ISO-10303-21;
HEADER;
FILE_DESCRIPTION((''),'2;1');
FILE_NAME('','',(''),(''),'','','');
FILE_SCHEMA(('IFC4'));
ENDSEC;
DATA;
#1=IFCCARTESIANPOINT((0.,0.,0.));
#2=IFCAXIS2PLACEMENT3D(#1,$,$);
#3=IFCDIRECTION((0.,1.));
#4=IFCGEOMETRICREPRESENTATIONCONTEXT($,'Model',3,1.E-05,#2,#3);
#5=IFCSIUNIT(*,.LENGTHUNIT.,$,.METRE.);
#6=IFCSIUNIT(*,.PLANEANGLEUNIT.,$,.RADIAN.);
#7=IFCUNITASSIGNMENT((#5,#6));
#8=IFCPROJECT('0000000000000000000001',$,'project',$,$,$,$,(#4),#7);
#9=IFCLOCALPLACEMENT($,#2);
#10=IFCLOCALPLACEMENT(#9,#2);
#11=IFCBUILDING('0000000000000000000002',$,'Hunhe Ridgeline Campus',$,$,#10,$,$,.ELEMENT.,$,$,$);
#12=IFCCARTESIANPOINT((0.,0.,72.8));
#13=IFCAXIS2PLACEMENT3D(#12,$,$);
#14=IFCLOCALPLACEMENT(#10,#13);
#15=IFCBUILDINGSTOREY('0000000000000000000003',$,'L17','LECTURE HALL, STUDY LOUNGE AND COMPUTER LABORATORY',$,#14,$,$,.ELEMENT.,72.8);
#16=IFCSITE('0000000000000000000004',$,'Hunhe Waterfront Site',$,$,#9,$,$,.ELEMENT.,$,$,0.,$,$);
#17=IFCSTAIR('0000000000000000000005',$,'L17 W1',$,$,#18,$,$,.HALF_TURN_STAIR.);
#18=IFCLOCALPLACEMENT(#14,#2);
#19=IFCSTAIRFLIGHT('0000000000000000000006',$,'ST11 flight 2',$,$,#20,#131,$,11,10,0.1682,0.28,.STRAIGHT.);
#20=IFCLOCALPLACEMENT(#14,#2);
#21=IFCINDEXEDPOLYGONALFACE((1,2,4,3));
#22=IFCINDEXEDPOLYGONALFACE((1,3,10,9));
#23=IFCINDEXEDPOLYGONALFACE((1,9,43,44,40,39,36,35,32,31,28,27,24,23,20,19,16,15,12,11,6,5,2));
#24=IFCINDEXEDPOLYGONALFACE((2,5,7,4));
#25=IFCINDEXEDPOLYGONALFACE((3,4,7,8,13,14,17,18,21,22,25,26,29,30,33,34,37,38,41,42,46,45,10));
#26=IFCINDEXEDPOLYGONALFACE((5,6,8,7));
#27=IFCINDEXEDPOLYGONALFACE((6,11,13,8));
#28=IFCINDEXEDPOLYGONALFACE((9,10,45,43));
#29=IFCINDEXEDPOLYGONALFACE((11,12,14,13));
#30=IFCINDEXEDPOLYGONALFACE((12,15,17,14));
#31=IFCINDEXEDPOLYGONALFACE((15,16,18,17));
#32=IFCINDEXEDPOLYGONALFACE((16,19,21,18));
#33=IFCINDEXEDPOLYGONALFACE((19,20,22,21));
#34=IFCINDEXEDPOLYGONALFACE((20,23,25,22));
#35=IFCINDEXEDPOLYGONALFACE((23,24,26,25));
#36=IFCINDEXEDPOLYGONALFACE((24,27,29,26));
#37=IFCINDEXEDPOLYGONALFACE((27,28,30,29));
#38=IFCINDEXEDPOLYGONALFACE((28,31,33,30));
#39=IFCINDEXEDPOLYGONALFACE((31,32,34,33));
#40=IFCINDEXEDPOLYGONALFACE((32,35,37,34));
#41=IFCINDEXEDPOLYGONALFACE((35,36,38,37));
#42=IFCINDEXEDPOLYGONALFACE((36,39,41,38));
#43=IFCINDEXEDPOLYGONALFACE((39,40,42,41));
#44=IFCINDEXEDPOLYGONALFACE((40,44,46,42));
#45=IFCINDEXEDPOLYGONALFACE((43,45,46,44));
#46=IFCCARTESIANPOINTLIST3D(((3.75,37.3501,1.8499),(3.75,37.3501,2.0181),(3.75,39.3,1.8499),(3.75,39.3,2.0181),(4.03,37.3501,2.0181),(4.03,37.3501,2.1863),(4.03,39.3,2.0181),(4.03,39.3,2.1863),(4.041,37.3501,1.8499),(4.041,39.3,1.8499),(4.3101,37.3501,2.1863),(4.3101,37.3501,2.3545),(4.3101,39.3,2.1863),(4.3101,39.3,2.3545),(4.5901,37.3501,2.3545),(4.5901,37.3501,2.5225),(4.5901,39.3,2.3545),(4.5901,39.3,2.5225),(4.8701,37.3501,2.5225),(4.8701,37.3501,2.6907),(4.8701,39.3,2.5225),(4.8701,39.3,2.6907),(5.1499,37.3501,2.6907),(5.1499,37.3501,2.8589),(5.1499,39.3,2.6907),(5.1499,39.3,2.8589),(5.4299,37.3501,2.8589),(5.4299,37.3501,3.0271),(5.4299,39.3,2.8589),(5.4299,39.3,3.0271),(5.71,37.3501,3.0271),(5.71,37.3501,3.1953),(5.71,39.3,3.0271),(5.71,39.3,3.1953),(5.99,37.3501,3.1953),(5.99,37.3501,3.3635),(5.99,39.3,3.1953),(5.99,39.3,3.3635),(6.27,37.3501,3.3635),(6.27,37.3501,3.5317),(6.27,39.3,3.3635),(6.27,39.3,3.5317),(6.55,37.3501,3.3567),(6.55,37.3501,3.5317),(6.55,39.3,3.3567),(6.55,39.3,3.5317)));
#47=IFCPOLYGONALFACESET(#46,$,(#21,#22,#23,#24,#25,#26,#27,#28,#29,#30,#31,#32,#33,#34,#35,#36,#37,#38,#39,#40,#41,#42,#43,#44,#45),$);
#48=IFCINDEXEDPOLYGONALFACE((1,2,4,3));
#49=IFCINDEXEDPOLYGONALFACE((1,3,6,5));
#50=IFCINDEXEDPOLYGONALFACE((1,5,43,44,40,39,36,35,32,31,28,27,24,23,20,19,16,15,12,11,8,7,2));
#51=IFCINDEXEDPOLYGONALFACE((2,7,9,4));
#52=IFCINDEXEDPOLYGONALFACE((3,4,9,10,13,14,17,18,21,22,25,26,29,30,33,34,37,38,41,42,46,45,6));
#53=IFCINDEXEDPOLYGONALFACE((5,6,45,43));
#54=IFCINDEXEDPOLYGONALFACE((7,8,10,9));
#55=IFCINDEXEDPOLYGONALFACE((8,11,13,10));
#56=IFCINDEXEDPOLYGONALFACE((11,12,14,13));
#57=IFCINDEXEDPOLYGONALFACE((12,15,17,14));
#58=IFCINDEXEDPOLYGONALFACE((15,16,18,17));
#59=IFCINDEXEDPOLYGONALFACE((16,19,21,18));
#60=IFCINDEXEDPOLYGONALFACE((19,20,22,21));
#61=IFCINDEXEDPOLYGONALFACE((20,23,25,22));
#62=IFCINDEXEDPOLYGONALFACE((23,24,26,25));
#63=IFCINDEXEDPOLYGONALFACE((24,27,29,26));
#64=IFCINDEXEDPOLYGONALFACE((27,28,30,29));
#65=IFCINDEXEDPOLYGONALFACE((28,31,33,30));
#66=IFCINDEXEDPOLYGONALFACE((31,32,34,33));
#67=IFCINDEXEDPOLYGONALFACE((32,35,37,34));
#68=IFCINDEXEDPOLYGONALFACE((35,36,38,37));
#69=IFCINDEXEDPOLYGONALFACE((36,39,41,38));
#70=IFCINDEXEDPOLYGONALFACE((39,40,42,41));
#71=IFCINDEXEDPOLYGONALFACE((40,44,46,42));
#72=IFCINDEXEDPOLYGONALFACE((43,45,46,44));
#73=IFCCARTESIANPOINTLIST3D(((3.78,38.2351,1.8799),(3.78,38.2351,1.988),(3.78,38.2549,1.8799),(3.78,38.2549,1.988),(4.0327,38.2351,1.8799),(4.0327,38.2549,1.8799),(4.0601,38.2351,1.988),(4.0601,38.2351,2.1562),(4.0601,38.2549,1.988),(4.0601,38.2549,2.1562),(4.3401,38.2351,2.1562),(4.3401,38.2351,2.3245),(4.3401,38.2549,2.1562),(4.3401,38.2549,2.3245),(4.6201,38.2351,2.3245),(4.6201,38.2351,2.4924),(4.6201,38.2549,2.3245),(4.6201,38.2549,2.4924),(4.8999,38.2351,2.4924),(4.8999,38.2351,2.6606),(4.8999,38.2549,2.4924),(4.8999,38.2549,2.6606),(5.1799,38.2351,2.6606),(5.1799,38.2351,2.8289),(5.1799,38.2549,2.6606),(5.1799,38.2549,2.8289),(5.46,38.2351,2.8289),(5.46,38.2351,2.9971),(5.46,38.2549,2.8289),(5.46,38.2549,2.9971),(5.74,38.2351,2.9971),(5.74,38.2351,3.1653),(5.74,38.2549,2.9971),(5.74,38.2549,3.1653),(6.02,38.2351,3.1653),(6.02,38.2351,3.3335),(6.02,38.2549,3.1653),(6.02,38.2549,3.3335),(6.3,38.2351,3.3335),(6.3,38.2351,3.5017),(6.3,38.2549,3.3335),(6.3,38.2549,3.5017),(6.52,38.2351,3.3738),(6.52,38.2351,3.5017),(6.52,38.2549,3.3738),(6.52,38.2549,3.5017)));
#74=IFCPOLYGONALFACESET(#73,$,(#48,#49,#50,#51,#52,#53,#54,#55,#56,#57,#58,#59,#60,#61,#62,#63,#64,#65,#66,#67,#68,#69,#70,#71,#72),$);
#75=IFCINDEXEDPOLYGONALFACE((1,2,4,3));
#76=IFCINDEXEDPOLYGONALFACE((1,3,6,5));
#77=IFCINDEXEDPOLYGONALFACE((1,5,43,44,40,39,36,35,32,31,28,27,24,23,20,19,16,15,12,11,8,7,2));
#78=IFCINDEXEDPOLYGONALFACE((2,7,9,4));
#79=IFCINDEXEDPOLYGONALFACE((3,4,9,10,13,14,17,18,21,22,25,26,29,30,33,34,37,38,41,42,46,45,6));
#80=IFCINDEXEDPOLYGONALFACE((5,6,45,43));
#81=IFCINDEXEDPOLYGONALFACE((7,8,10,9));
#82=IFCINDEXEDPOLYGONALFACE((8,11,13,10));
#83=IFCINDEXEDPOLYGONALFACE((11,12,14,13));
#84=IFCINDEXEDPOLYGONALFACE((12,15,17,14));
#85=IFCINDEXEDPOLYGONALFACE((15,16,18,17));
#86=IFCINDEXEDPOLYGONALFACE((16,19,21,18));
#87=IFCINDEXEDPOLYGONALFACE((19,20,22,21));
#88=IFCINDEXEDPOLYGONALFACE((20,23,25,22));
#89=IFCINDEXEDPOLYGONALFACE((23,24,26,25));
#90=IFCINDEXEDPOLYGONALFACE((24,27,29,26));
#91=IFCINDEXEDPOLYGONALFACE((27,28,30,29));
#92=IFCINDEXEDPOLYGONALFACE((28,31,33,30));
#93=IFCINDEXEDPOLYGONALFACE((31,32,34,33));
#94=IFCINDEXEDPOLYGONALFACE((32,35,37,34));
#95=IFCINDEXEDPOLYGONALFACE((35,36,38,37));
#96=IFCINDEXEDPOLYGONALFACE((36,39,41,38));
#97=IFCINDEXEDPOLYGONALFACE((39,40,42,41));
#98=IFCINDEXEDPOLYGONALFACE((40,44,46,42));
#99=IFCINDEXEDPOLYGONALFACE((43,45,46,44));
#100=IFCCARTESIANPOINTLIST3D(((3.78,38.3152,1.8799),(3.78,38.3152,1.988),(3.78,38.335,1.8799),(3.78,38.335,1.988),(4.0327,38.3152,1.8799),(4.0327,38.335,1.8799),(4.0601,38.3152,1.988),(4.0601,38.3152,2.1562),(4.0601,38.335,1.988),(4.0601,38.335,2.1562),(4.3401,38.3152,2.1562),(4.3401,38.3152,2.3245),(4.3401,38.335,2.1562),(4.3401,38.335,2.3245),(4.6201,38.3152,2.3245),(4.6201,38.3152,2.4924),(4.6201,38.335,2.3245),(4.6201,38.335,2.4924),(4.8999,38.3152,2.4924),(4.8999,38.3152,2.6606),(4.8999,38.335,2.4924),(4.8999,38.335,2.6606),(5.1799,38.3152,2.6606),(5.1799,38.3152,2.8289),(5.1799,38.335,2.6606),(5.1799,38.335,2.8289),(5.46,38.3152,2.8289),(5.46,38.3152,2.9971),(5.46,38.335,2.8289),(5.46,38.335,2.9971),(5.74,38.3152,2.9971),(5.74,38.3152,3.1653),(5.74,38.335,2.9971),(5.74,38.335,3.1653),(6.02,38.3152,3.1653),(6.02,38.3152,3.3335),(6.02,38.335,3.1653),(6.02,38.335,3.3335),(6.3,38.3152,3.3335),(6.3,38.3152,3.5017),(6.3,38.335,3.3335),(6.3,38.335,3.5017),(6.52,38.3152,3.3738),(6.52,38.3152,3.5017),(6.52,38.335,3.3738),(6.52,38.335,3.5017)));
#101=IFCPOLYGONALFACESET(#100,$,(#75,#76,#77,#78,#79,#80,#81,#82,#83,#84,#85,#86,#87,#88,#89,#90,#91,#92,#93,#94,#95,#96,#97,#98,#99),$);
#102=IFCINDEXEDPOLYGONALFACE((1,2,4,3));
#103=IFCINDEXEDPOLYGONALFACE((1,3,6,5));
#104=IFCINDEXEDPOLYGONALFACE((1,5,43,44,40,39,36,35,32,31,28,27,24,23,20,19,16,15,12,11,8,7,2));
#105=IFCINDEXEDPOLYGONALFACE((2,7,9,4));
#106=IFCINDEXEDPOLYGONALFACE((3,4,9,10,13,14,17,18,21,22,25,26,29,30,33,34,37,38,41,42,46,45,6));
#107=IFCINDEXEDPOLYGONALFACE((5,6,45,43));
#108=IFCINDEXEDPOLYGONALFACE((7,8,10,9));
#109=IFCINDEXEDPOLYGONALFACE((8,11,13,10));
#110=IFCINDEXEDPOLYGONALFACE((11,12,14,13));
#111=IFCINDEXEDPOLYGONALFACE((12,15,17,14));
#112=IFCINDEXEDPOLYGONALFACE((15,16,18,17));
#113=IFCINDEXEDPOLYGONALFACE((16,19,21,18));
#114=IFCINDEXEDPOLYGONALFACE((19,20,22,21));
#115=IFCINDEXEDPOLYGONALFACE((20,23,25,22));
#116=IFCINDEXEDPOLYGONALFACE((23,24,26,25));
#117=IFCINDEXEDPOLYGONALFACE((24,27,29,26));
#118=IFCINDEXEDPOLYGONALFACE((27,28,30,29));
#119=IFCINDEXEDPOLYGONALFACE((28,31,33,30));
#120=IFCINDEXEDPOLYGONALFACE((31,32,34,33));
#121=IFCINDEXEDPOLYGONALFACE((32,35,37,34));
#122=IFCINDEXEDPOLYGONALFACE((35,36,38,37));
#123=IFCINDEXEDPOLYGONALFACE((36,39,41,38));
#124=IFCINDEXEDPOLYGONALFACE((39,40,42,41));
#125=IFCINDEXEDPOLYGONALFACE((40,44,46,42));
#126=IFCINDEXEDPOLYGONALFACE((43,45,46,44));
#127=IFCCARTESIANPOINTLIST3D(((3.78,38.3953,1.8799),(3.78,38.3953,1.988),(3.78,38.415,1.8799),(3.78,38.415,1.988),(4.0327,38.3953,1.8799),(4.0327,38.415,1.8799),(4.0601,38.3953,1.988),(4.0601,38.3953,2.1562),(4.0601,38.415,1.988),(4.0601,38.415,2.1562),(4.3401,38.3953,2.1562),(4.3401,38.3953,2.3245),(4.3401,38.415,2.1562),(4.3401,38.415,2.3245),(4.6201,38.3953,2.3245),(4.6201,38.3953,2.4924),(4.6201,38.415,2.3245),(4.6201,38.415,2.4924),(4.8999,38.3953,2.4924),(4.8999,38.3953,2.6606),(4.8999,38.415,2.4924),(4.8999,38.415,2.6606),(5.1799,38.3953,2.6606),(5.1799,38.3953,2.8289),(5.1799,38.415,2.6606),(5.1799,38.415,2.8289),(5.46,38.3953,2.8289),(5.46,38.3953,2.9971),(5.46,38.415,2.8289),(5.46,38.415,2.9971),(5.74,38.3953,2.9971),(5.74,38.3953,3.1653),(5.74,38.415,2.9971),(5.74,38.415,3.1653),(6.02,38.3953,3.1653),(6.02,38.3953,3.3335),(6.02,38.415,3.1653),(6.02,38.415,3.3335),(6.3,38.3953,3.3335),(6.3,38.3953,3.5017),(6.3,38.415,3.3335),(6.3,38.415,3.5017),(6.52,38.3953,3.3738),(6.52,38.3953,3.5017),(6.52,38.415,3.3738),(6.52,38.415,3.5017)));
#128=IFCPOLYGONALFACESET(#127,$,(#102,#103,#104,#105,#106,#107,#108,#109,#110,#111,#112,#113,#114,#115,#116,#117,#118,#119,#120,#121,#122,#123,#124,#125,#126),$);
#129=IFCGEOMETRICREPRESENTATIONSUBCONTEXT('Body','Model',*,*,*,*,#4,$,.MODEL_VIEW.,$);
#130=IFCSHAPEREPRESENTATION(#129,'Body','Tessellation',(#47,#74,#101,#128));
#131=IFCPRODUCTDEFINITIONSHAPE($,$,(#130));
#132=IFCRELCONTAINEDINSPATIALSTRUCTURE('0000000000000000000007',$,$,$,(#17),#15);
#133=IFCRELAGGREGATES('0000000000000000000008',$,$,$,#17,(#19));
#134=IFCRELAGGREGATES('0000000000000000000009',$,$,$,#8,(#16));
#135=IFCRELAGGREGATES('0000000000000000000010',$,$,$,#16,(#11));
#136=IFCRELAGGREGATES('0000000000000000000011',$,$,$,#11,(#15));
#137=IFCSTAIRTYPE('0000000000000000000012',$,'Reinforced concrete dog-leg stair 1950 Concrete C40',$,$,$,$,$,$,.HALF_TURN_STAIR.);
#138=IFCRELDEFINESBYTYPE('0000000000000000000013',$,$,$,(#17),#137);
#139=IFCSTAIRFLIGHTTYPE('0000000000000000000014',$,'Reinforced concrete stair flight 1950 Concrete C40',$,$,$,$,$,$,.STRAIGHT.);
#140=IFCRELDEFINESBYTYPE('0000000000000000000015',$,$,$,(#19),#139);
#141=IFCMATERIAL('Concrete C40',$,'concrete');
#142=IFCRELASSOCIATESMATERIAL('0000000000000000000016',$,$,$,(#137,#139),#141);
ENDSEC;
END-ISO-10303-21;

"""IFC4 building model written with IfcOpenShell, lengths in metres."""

from ifc_helpers import new_model, si_unit, direction, frame, origin, place, context, subcontext, project, spatial, polyline, outline, extrude, material, type_object, element, aggregate, save


model = new_model("IFC4")

# Units and contexts
model_context = context("Model", 3, precision=1e-05, world=origin(), true_north=direction((0.0, 1.0)))
body_context = subcontext(model_context, "Body", "Model", "MODEL_VIEW")
ifc_project = project(units=[si_unit("LENGTHUNIT", "METRE"), si_unit("PLANEANGLEUNIT", "RADIAN")], contexts=[model_context])

# Site, building, storey
site_placement = place(None, origin())
site = spatial("IfcSite", under=ifc_project, at=site_placement, Name="Hunhe Waterfront Site", CompositionType="ELEMENT", RefElevation=0.0)
building_placement = place(site_placement, origin())
building = spatial("IfcBuilding", under=site, at=building_placement, Name="Hunhe Ridgeline Campus", CompositionType="ELEMENT")
storey_placement = place(building_placement, frame((0.0, 0.0, 72.8)))
storey = spatial("IfcBuildingStorey", under=building, at=storey_placement, Name="L17", Description="LECTURE HALL, STUDY LOUNGE AND COMPUTER LABORATORY", CompositionType="ELEMENT", Elevation=72.8)

# Stair, stair flight
ifc_material_1 = material(Name="Concrete C40", Category="concrete")
stair_type = type_object("IfcStairType", Name="Reinforced concrete dog-leg stair 1950 Concrete C40", PredefinedType="HALF_TURN_STAIR", material=ifc_material_1)
stair_placement = place(storey_placement, origin())
stair = element("IfcStair", 1, at=stair_placement, inside=storey, type_object=stair_type, Name="L17 W1", PredefinedType="HALF_TURN_STAIR")
stair_flight_type = type_object("IfcStairFlightType", Name="Reinforced concrete stair flight 1950 Concrete C40", PredefinedType="STRAIGHT", material=ifc_material_1)
stair_flight_1_placement = place(storey_placement, frame((3.75, 38.325, 1.8499), z_axis=(0.0, 0.0, 1.0), x_axis=(1.0, 0.0, 0.0)))
stair_flight_1 = element("IfcStairFlight", 2, at=stair_flight_1_placement, type_object=stair_flight_type, Name="ST11 flight 2", NumberOfRisers=11, NumberOfTreads=10, PredefinedType="STRAIGHT", RiserHeight=0.1682, TreadLength=0.28, context=body_context, shape_type="SweptSolid", body=[
    extrude(outline(polyline([(0.0, 0.0), (0.0, 0.1682), (0.28, 0.1682), (0.28, 0.3364), (0.5601, 0.3364), (0.5601, 0.5046), (0.8401, 0.5046), (0.8401, 0.6726), (1.1201, 0.6726), (1.1201, 0.8408), (1.3999, 0.8408), (1.3999, 1.009), (1.6799, 1.009), (1.6799, 1.1772), (1.96, 1.1772), (1.96, 1.3455), (2.24, 1.3455), (2.24, 1.5137), (2.52, 1.5137), (2.52, 1.6819), (2.8, 1.6819), (2.8, 1.8501), (2.8, 1.5068), (0.291, 0.0), (0.0, 0.0)])), frame((0.0, 0.9751, 0.0), z_axis=(0.0, -1.0, 0.0), x_axis=(1.0, 0.0, 0.0)), (0.0, 0.0, 1.0), 1.95),
    extrude(outline(polyline([(0.03, 0.03), (0.03, 0.1382), (0.3101, 0.1382), (0.3101, 0.3064), (0.5901, 0.3064), (0.5901, 0.4746), (0.8701, 0.4746), (0.8701, 0.6426), (1.1499, 0.6426), (1.1499, 0.8108), (1.4299, 0.8108), (1.4299, 0.979), (1.71, 0.979), (1.71, 1.1472), (1.99, 1.1472), (1.99, 1.3154), (2.27, 1.3154), (2.27, 1.4836), (2.55, 1.4836), (2.55, 1.6519), (2.77, 1.6519), (2.77, 1.5239), (0.2827, 0.03), (0.03, 0.03)])), frame((0.0, -0.0701, 0.0), z_axis=(0.0, -1.0, 0.0), x_axis=(1.0, 0.0, 0.0)), (0.0, 0.0, 1.0), 0.0198),
    extrude(outline(polyline([(0.03, 0.03), (0.03, 0.1382), (0.3101, 0.1382), (0.3101, 0.3064), (0.5901, 0.3064), (0.5901, 0.4746), (0.8701, 0.4746), (0.8701, 0.6426), (1.1499, 0.6426), (1.1499, 0.8108), (1.4299, 0.8108), (1.4299, 0.979), (1.71, 0.979), (1.71, 1.1472), (1.99, 1.1472), (1.99, 1.3154), (2.27, 1.3154), (2.27, 1.4836), (2.55, 1.4836), (2.55, 1.6519), (2.77, 1.6519), (2.77, 1.5239), (0.2827, 0.03), (0.03, 0.03)])), frame((0.0, 0.01, 0.0), z_axis=(0.0, -1.0, 0.0), x_axis=(1.0, 0.0, 0.0)), (0.0, 0.0, 1.0), 0.0198),
    extrude(outline(polyline([(0.03, 0.03), (0.03, 0.1382), (0.3101, 0.1382), (0.3101, 0.3064), (0.5901, 0.3064), (0.5901, 0.4746), (0.8701, 0.4746), (0.8701, 0.6426), (1.1499, 0.6426), (1.1499, 0.8108), (1.4299, 0.8108), (1.4299, 0.979), (1.71, 0.979), (1.71, 1.1472), (1.99, 1.1472), (1.99, 1.3154), (2.27, 1.3154), (2.27, 1.4836), (2.55, 1.4836), (2.55, 1.6519), (2.77, 1.6519), (2.77, 1.5239), (0.2827, 0.03), (0.03, 0.03)])), frame((0.0, 0.0901, 0.0), z_axis=(0.0, -1.0, 0.0), x_axis=(1.0, 0.0, 0.0)), (0.0, 0.0, 1.0), 0.0198),
])
aggregate(stair, [stair_flight_1])

save(model, "model.ifc")
